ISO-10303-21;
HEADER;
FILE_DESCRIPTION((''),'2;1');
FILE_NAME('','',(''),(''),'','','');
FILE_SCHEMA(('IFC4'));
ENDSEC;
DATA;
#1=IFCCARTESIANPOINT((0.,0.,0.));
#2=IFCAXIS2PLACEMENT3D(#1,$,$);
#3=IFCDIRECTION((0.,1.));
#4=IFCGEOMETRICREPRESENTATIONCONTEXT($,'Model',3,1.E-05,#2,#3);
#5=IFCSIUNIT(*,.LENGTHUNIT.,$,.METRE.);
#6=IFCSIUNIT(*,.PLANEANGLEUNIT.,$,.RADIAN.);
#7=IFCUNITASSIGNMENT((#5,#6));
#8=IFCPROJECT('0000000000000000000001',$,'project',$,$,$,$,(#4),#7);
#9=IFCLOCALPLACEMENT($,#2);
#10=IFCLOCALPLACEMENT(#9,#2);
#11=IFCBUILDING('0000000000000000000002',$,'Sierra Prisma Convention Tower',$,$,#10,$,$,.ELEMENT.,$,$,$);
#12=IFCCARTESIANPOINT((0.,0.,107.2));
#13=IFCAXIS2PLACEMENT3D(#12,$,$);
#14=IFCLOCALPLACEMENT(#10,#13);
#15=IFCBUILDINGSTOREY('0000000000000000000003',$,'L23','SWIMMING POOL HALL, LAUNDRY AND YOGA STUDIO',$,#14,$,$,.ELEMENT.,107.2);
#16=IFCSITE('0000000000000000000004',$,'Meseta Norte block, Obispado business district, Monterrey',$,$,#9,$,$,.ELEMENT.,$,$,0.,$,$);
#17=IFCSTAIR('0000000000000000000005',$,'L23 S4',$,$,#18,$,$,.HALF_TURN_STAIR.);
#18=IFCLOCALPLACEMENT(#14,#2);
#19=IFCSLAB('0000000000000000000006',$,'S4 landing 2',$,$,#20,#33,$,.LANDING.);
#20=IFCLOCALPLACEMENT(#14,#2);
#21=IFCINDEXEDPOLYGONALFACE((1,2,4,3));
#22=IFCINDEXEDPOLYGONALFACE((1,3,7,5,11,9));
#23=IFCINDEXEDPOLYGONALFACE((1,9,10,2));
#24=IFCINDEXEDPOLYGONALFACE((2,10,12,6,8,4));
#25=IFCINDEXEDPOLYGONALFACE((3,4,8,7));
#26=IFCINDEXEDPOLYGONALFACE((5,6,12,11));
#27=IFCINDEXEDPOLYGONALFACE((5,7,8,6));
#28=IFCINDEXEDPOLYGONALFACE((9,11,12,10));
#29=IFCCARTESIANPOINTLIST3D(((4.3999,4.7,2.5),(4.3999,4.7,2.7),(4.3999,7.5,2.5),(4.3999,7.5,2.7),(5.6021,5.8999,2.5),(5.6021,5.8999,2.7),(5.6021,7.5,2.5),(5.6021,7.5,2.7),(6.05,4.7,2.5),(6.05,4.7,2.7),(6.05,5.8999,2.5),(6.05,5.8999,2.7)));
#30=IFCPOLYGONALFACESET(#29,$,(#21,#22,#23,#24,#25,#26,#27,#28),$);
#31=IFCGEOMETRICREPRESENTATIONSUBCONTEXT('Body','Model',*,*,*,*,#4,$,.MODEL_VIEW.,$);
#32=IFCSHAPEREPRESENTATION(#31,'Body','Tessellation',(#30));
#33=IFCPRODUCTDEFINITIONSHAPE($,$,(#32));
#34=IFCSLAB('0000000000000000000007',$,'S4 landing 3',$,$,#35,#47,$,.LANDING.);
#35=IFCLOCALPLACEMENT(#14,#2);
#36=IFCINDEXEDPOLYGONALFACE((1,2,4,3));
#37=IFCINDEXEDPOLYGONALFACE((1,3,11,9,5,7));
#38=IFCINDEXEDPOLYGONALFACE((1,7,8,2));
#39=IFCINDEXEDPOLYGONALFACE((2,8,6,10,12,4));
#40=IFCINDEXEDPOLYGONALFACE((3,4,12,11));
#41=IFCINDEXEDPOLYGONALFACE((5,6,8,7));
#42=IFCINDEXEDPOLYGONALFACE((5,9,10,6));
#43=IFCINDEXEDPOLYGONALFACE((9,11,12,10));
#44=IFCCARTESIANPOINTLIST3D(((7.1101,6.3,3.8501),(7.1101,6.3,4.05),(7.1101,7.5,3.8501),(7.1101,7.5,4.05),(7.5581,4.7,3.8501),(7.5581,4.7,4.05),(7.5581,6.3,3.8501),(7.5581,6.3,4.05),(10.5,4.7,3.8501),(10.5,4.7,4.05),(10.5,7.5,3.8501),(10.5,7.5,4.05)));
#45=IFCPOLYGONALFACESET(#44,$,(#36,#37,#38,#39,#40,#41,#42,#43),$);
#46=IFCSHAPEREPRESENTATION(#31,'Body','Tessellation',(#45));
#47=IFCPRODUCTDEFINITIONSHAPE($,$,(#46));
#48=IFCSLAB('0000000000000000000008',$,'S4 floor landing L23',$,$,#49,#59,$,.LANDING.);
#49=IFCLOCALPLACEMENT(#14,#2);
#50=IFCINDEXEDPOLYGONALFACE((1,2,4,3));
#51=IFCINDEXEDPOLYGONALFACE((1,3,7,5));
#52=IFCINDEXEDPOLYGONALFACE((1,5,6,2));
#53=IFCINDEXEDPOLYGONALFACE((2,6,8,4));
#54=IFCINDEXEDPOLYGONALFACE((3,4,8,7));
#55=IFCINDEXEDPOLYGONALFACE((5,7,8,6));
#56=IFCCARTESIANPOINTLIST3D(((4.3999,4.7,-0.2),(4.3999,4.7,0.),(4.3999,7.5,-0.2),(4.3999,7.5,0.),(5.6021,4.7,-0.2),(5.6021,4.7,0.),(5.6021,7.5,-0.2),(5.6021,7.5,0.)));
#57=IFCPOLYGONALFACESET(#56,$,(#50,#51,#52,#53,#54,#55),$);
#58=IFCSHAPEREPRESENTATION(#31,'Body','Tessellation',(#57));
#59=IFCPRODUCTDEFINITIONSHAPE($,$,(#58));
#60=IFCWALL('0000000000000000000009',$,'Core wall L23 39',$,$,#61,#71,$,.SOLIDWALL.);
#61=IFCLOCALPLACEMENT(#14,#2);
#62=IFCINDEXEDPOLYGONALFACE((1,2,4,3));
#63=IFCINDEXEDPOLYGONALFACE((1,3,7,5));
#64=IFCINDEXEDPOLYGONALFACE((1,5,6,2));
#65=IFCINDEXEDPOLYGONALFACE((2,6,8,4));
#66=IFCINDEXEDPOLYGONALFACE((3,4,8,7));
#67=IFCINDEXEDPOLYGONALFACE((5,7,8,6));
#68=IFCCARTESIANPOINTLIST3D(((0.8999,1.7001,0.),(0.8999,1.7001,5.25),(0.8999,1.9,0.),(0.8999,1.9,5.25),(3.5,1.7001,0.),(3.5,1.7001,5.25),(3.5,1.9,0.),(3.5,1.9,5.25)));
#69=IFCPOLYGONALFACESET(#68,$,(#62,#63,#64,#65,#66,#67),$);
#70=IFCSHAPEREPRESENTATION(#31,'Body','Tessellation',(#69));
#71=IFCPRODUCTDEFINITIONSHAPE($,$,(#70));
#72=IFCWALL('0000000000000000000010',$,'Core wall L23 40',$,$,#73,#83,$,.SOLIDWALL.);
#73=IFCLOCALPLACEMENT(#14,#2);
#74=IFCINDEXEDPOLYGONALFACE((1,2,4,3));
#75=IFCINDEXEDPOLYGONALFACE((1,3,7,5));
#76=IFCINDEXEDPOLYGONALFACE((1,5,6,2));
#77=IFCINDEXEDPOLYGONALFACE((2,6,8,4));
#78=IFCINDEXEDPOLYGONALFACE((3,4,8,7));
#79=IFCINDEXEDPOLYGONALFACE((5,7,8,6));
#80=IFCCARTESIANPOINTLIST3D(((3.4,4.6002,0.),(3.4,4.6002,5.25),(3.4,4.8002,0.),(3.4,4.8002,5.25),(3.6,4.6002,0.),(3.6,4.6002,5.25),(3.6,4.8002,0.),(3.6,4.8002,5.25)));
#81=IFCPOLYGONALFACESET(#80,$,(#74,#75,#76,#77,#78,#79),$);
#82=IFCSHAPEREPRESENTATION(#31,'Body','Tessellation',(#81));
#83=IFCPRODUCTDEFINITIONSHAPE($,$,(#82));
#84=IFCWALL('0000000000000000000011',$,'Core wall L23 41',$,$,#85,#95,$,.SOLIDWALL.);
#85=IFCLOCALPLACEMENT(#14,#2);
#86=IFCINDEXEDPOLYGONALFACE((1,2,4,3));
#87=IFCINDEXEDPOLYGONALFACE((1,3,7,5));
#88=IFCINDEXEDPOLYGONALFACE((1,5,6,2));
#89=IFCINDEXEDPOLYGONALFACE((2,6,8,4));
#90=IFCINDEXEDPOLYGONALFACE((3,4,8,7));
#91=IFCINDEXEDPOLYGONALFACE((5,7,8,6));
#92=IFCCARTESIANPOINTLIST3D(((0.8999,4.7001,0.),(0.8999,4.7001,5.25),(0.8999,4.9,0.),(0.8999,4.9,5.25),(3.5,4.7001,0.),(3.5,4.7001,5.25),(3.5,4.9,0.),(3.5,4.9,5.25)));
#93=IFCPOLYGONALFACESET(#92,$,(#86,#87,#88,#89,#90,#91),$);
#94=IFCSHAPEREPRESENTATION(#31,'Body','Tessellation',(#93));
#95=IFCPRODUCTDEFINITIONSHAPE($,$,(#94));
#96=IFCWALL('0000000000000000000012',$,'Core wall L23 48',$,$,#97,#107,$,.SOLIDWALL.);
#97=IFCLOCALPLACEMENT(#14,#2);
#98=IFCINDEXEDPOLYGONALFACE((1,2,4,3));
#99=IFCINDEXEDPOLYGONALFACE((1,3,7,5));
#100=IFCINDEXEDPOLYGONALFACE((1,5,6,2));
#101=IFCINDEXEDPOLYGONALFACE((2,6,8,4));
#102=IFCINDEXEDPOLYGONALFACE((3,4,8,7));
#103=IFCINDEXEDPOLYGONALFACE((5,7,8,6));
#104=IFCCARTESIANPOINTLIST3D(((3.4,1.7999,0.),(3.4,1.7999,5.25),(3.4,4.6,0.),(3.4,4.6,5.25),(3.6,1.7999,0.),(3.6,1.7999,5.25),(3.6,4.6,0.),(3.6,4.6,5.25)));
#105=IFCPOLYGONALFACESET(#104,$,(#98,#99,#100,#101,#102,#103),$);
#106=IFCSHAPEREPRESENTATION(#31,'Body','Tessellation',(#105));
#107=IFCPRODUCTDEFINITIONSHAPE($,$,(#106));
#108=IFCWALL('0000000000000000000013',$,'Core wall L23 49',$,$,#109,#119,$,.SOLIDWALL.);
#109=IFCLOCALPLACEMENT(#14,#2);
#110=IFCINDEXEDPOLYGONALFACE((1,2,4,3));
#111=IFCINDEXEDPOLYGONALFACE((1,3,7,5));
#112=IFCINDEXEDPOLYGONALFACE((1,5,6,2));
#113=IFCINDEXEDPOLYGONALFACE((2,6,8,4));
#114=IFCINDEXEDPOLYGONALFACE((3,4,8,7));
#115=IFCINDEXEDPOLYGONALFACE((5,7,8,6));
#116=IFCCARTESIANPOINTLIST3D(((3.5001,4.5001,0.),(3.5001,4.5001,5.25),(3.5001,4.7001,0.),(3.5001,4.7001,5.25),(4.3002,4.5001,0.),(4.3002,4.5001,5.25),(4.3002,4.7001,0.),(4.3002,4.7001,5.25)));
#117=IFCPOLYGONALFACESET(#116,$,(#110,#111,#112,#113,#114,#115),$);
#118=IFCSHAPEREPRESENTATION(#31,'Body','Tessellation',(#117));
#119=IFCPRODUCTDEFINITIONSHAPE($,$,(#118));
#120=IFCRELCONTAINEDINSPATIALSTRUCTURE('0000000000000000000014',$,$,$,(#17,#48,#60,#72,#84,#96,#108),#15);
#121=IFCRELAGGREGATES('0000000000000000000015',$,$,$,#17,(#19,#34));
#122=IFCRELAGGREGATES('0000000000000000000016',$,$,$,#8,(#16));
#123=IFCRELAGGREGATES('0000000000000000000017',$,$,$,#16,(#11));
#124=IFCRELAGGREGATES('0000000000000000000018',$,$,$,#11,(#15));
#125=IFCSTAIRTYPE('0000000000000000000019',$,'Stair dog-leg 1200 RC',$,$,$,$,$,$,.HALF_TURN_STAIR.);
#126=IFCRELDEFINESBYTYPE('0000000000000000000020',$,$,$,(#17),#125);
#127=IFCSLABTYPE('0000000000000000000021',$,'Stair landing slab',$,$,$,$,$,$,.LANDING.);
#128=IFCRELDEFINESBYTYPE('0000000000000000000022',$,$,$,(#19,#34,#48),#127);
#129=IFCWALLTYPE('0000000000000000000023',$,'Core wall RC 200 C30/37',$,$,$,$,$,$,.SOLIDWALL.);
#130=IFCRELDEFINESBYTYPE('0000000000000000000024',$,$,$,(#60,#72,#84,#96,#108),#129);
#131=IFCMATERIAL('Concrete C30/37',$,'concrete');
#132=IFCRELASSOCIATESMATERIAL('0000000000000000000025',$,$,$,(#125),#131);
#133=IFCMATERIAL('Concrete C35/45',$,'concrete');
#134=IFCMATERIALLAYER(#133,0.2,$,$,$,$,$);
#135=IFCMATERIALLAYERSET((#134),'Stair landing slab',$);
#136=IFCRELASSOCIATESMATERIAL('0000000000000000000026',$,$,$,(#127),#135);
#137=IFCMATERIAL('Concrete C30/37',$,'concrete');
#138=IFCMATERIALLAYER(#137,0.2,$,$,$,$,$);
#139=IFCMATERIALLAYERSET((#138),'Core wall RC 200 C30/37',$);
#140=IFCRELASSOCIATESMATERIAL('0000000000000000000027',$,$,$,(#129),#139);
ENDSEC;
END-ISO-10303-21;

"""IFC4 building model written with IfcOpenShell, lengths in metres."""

from ifc_helpers import new_model, si_unit, direction, frame, frame_2d, origin, place, context, subcontext, project, spatial, polyline, rectangle, outline, extrude, material, layer, layer_set, type_object, element, aggregate, save


model = new_model("IFC4")

# Units and contexts
model_context = context("Model", 3, precision=1e-05, world=origin(), true_north=direction((0.0, 1.0)))
body_context = subcontext(model_context, "Body", "Model", "MODEL_VIEW")
ifc_project = project(units=[si_unit("LENGTHUNIT", "METRE"), si_unit("PLANEANGLEUNIT", "RADIAN")], contexts=[model_context])

# Site, building, storey
site_placement = place(None, origin())
site = spatial("IfcSite", under=ifc_project, at=site_placement, Name="Meseta Norte block, Obispado business district, Monterrey", CompositionType="ELEMENT", RefElevation=0.0)
building_placement = place(site_placement, origin())
building = spatial("IfcBuilding", under=site, at=building_placement, Name="Sierra Prisma Convention Tower", CompositionType="ELEMENT")
storey_placement = place(building_placement, frame((0.0, 0.0, 107.2)))
storey = spatial("IfcBuildingStorey", under=building, at=storey_placement, Name="L23", Description="SWIMMING POOL HALL, LAUNDRY AND YOGA STUDIO", CompositionType="ELEMENT", Elevation=107.2)

# Shared definitions
ifc_material_1 = material(Name="Concrete C30/37", Category="concrete")
stair_type = type_object("IfcStairType", Name="Stair dog-leg 1200 RC", PredefinedType="HALF_TURN_STAIR", material=ifc_material_1)
ifc_material_2 = material(Name="Concrete C35/45", Category="concrete")
ifc_layer_1 = layer(ifc_material_2, 0.2)
ifc_layer_set_1 = layer_set([ifc_layer_1], Name="Stair landing slab")
slab_type = type_object("IfcSlabType", Name="Stair landing slab", PredefinedType="LANDING", material=ifc_layer_set_1)

# Stair, slabs
stair_1_placement = place(storey_placement, origin())
stair_1 = element("IfcStair", 1, at=stair_1_placement, inside=storey, type_object=stair_type, Name="L23 S4", PredefinedType="HALF_TURN_STAIR")
slab_1_placement = place(storey_placement, frame((0.0, 0.0, 2.5)))
slab_1 = element("IfcSlab", 2, at=slab_1_placement, type_object=slab_type, Name="S4 landing 2", PredefinedType="LANDING", context=body_context, shape_type="SweptSolid", body=[
    extrude(outline(polyline([(4.3999, 4.7), (4.3999, 7.5), (5.6021, 7.5), (5.6021, 5.8999), (6.05, 5.8999), (6.05, 4.7), (4.3999, 4.7)])), origin(), (0.0, 0.0, 1.0), 0.2),
])
slab_2_placement = place(storey_placement, frame((0.0, 0.0, 3.8501)))
slab_2 = element("IfcSlab", 3, at=slab_2_placement, type_object=slab_type, Name="S4 landing 3", PredefinedType="LANDING", context=body_context, shape_type="SweptSolid", body=[
    extrude(outline(polyline([(10.5, 7.5), (10.5, 4.7), (7.5581, 4.7), (7.5581, 6.3), (7.1101, 6.3), (7.1101, 7.5), (10.5, 7.5)])), origin(), (0.0, 0.0, 1.0), 0.2),
])
aggregate(stair_1, [slab_1, slab_2])

# Slab
slab_3_placement = place(storey_placement, frame((0.0, 0.0, -0.2)))
element("IfcSlab", 4, at=slab_3_placement, inside=storey, type_object=slab_type, Name="S4 floor landing L23", PredefinedType="LANDING", context=body_context, shape_type="SweptSolid", body=[
    extrude(outline(polyline([(4.3999, 4.7), (5.6021, 4.7), (5.6021, 7.5), (4.3999, 7.5), (4.3999, 4.7)])), origin(), (0.0, 0.0, 1.0), 0.2),
])

# Shared definitions
ifc_material_3 = material(Name="Concrete C30/37", Category="concrete")
ifc_layer_2 = layer(ifc_material_3, 0.2)
ifc_layer_set_2 = layer_set([ifc_layer_2], Name="Core wall RC 200 C30/37")
wall_type = type_object("IfcWallType", Name="Core wall RC 200 C30/37", PredefinedType="SOLIDWALL", material=ifc_layer_set_2)

# Walls
wall_1_placement = place(storey_placement, frame((3.5, 1.8, 0.0), z_axis=(0.0, 0.0, 1.0), x_axis=(-1.0, 0.0, 0.0)))
element("IfcWall", 5, at=wall_1_placement, inside=storey, type_object=wall_type, Name="Core wall L23 39", PredefinedType="SOLIDWALL", context=body_context, shape_type="SweptSolid", body=[
    extrude(rectangle(XDim=2.6001, YDim=0.2, at=frame_2d((1.3, 0.0))), origin(), (0.0, 0.0, 1.0), 5.25),
])
wall_2_placement = place(storey_placement, frame((3.5, 4.6001, 0.0), z_axis=(0.0, 0.0, 1.0), x_axis=(0.0, 1.0, 0.0)))
element("IfcWall", 6, at=wall_2_placement, inside=storey, type_object=wall_type, Name="Core wall L23 40", PredefinedType="SOLIDWALL", context=body_context, shape_type="SweptSolid", body=[
    extrude(rectangle(XDim=0.2, YDim=0.2, at=frame_2d((0.1001, 0.0))), origin(), (0.0, 0.0, 1.0), 5.25),
])
wall_3_placement = place(storey_placement, frame((3.5, 4.8, 0.0), z_axis=(0.0, 0.0, 1.0), x_axis=(-1.0, 0.0, 0.0)))
element("IfcWall", 7, at=wall_3_placement, inside=storey, type_object=wall_type, Name="Core wall L23 41", PredefinedType="SOLIDWALL", context=body_context, shape_type="SweptSolid", body=[
    extrude(rectangle(XDim=2.6001, YDim=0.2, at=frame_2d((1.3, 0.0))), origin(), (0.0, 0.0, 1.0), 5.25),
])

# Walls
wall_4_placement = place(storey_placement, frame((3.5, 1.8, 0.0), z_axis=(0.0, 0.0, 1.0), x_axis=(0.0, 1.0, 0.0)))
element("IfcWall", 8, at=wall_4_placement, inside=storey, type_object=wall_type, Name="Core wall L23 48", PredefinedType="SOLIDWALL", context=body_context, shape_type="SweptSolid", body=[
    extrude(rectangle(XDim=2.8, YDim=0.2, at=frame_2d((1.3999, 0.0))), origin(), (0.0, 0.0, 1.0), 5.25),
])
wall_5_placement = place(storey_placement, frame((4.3, 4.6001, 0.0), z_axis=(0.0, 0.0, 1.0), x_axis=(-1.0, 0.0, 0.0)))
element("IfcWall", 9, at=wall_5_placement, inside=storey, type_object=wall_type, Name="Core wall L23 49", PredefinedType="SOLIDWALL", context=body_context, shape_type="SweptSolid", body=[
    extrude(rectangle(XDim=0.8, YDim=0.2, at=frame_2d((0.3999, 0.0))), origin(), (0.0, 0.0, 1.0), 5.25),
])

save(model, "model.ifc")
